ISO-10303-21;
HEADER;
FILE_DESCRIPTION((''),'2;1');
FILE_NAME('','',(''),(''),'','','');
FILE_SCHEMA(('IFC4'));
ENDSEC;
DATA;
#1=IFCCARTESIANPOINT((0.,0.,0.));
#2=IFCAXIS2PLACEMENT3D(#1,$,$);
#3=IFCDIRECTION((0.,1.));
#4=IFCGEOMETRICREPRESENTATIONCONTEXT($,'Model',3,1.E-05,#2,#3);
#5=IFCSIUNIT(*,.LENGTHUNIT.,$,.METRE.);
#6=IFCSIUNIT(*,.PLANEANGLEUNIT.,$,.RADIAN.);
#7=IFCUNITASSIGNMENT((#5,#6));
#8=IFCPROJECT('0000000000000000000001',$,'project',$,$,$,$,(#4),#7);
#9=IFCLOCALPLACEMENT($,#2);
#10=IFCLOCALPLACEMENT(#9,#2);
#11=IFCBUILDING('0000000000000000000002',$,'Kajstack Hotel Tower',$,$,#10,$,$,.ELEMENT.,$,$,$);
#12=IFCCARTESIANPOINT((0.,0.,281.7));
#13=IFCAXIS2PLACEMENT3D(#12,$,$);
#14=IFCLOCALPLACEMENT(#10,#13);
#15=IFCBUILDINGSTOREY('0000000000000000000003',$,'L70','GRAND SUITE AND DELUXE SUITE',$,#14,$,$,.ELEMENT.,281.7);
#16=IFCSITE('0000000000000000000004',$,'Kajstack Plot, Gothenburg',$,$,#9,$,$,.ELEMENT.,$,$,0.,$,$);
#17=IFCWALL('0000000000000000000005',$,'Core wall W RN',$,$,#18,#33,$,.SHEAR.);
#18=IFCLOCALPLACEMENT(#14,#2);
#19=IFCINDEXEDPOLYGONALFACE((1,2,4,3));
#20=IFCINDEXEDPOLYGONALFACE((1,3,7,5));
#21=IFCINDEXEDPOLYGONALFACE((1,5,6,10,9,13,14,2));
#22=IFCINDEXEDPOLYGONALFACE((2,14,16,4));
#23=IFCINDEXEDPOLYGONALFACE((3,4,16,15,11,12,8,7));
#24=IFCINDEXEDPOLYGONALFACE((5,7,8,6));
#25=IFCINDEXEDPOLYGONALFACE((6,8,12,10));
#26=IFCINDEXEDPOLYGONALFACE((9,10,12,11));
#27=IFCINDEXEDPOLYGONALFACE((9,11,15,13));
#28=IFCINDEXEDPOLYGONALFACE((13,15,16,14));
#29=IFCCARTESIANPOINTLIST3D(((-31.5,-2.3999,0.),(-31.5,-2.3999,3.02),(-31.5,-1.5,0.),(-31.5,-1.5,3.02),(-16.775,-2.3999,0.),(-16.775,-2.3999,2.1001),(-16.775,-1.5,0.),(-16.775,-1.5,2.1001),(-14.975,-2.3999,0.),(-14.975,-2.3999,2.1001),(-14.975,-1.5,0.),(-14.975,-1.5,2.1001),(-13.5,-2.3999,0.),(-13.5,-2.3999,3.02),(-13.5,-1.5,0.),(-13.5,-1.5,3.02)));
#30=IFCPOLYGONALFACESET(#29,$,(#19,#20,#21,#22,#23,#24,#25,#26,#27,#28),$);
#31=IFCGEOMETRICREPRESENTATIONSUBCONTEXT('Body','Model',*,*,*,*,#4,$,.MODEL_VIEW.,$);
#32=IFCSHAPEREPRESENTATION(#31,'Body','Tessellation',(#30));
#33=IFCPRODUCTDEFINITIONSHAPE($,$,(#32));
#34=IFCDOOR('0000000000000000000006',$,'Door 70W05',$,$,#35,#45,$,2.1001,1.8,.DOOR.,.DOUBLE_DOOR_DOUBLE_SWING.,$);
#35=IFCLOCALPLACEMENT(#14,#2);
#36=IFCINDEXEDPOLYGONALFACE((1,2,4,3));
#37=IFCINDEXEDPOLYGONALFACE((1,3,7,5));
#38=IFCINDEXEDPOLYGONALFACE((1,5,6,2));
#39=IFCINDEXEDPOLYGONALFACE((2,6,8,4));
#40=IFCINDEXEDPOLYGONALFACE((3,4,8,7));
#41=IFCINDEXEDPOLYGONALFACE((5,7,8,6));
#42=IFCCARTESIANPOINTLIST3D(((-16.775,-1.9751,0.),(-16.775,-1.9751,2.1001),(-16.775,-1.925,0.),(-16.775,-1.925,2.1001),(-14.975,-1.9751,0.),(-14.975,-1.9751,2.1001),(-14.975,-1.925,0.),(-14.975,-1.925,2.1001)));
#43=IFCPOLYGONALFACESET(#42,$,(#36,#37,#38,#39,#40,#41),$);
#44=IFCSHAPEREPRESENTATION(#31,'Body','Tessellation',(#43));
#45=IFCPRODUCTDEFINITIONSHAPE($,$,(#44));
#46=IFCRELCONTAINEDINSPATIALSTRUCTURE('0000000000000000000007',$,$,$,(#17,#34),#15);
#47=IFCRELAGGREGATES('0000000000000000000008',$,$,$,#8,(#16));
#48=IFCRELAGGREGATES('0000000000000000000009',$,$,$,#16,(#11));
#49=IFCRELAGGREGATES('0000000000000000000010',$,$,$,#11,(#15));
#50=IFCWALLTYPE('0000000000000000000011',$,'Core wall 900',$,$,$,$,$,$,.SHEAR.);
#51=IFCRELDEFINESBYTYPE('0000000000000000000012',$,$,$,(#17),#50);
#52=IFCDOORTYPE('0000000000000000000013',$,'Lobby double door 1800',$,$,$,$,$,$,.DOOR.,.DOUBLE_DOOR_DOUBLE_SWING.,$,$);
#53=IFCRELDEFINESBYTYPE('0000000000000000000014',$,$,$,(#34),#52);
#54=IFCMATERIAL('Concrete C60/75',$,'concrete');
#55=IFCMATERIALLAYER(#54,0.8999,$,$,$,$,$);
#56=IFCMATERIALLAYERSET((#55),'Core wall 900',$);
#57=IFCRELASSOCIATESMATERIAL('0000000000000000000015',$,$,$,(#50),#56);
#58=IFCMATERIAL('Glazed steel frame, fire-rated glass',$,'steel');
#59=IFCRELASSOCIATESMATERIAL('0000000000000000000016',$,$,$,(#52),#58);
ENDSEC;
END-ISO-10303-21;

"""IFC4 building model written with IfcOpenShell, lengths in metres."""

from ifc_helpers import new_model, si_unit, direction, frame, frame_2d, origin, place, context, subcontext, project, spatial, rectangle, extrude, material, layer, layer_set, type_object, element, fill, save


model = new_model("IFC4")

# Units and contexts
model_context = context("Model", 3, precision=1e-05, world=origin(), true_north=direction((0.0, 1.0)))
body_context = subcontext(model_context, "Body", "Model", "MODEL_VIEW")
ifc_project = project(units=[si_unit("LENGTHUNIT", "METRE"), si_unit("PLANEANGLEUNIT", "RADIAN")], contexts=[model_context])

# Site, building, storey
site_placement = place(None, origin())
site = spatial("IfcSite", under=ifc_project, at=site_placement, Name="Kajstack Plot, Gothenburg", CompositionType="ELEMENT", RefElevation=0.0)
building_placement = place(site_placement, origin())
building = spatial("IfcBuilding", under=site, at=building_placement, Name="Kajstack Hotel Tower", CompositionType="ELEMENT")
storey_placement = place(building_placement, frame((0.0, 0.0, 281.7)))
storey = spatial("IfcBuildingStorey", under=building, at=storey_placement, Name="L70", Description="GRAND SUITE AND DELUXE SUITE", CompositionType="ELEMENT", Elevation=281.7)

# Wall, opening, door
ifc_material_1 = material(Name="Concrete C60/75", Category="concrete")
ifc_layer_1 = layer(ifc_material_1, 0.8999)
ifc_layer_set_1 = layer_set([ifc_layer_1], Name="Core wall 900")
wall_type_1 = type_object("IfcWallType", Name="Core wall 900", PredefinedType="SHEAR", material=ifc_layer_set_1)
wall_1_placement = place(storey_placement, frame((-31.5, -1.95, 0.0), z_axis=(0.0, 0.0, 1.0), x_axis=(1.0, 0.0, 0.0)))
wall_1 = element("IfcWall", 1, at=wall_1_placement, inside=storey, type_object=wall_type_1, Name="Core wall W RN", PredefinedType="SHEAR", context=body_context, shape_type="SweptSolid", body=[
    extrude(rectangle(XDim=18.0, YDim=0.8999, at=frame_2d((9.0, 0.0))), origin(), (0.0, 0.0, 1.0), 3.02),
])
opening_1_placement = place(wall_1_placement, frame((14.7251, 0.0, 0.0)))
opening_1 = element("IfcOpeningElement", 2, at=opening_1_placement, cuts=wall_1, PredefinedType="OPENING", context=body_context, shape_type="SweptSolid", body=[
    extrude(rectangle(XDim=1.8, YDim=2.1001, at=frame_2d((0.8999, 1.05))), frame((0.0, 0.46, 0.0), z_axis=(0.0, -1.0, 0.0), x_axis=(1.0, 0.0, 0.0)), (0.0, 0.0, 1.0), 0.9199),
])
ifc_material_2 = material(Name="Glazed steel frame, fire-rated glass", Category="steel")
door_type_1 = type_object("IfcDoorType", Name="Lobby double door 1800", OperationType="DOUBLE_DOOR_DOUBLE_SWING", PredefinedType="DOOR", material=ifc_material_2)
door_1_placement = place(opening_1_placement, origin())
door_1 = element("IfcDoor", 3, at=door_1_placement, inside=storey, type_object=door_type_1, Name="Door 70W05", OperationType="DOUBLE_DOOR_DOUBLE_SWING", OverallHeight=2.1001, OverallWidth=1.8, PredefinedType="DOOR", context=body_context, shape_type="SweptSolid", body=[
    extrude(rectangle(XDim=1.8, YDim=2.1001, at=frame_2d((0.8999, 1.05))), frame((0.0, 0.0249, 0.0), z_axis=(0.0, -1.0, 0.0), x_axis=(1.0, 0.0, 0.0)), (0.0, 0.0, 1.0), 0.05),
])
fill(opening_1, door_1)

save(model, "model.ifc")
